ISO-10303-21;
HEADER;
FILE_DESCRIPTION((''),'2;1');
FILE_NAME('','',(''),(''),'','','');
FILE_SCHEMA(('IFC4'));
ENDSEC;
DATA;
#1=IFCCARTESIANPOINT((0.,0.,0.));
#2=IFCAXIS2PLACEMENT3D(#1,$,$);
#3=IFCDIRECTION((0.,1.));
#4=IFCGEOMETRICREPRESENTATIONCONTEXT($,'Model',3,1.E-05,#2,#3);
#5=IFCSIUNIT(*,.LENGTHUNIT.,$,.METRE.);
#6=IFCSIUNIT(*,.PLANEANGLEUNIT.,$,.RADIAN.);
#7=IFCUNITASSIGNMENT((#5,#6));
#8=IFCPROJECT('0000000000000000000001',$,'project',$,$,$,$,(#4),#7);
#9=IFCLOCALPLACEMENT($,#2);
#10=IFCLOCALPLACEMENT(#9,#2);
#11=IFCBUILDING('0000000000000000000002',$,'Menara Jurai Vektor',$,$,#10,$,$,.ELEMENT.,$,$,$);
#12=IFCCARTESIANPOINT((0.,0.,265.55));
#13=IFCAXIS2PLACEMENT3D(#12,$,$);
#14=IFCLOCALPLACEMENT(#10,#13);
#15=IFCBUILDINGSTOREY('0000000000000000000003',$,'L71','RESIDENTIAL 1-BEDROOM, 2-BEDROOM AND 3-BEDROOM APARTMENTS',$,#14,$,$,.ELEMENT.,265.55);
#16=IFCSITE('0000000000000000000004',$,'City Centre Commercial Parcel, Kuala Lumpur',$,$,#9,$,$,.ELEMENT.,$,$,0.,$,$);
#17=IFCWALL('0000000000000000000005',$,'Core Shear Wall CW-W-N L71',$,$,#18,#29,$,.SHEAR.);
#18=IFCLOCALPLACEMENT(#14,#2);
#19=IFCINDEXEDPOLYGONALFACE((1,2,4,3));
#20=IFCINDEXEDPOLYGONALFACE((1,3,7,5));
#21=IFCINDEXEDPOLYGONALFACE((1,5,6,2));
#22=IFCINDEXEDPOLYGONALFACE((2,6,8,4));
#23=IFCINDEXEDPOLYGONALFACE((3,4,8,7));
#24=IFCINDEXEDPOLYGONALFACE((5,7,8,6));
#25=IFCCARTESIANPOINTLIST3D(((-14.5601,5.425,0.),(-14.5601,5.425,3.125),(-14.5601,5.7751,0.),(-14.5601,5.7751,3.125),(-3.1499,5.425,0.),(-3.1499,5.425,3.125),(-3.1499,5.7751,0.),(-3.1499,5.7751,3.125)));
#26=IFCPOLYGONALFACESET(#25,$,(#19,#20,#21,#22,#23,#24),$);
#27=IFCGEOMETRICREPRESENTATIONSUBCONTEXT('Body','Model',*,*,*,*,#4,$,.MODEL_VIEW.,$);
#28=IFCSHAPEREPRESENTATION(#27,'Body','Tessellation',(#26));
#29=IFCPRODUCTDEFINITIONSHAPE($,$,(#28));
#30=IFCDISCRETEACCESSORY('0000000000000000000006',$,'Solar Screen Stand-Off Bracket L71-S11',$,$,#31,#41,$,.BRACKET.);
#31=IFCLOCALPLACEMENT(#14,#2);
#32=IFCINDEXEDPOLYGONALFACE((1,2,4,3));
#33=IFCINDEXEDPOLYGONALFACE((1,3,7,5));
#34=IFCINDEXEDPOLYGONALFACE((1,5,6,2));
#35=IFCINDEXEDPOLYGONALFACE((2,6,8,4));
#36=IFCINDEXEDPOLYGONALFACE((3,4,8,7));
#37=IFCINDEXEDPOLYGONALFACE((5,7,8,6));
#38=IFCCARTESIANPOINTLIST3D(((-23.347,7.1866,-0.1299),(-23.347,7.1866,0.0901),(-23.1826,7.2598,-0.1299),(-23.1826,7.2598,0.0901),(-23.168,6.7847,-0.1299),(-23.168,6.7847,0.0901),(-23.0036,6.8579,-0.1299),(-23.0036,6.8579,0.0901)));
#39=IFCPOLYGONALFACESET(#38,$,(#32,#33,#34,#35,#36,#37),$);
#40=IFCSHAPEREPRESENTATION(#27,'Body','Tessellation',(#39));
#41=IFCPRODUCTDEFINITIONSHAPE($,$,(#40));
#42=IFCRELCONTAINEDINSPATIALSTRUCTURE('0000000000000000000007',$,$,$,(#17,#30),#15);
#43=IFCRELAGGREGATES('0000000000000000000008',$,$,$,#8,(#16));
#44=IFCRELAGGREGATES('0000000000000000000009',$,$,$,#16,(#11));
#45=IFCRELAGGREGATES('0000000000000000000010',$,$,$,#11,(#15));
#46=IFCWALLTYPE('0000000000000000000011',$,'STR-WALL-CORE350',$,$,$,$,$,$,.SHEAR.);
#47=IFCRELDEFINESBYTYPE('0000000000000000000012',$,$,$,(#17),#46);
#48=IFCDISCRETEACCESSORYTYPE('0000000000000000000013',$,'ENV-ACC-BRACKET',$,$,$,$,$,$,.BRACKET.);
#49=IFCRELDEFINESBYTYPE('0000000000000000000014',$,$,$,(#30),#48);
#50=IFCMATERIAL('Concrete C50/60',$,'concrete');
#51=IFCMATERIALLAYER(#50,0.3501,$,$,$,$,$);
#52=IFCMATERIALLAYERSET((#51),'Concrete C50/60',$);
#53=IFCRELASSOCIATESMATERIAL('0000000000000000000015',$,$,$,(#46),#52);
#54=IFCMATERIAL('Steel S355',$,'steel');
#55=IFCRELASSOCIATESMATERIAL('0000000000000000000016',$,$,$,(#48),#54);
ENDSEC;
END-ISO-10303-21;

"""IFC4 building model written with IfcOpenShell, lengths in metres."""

from ifc_helpers import new_model, si_unit, direction, frame, frame_2d, origin, origin_2d, place, context, subcontext, project, spatial, rectangle, extrude, material, layer, layer_set, type_object, element, save


model = new_model("IFC4")

# Units and contexts
model_context = context("Model", 3, precision=1e-05, world=origin(), true_north=direction((0.0, 1.0)))
body_context = subcontext(model_context, "Body", "Model", "MODEL_VIEW")
ifc_project = project(units=[si_unit("LENGTHUNIT", "METRE"), si_unit("PLANEANGLEUNIT", "RADIAN")], contexts=[model_context])

# Site, building, storey
site_placement = place(None, origin())
site = spatial("IfcSite", under=ifc_project, at=site_placement, Name="City Centre Commercial Parcel, Kuala Lumpur", CompositionType="ELEMENT", RefElevation=0.0)
building_placement = place(site_placement, origin())
building = spatial("IfcBuilding", under=site, at=building_placement, Name="Menara Jurai Vektor", CompositionType="ELEMENT")
storey_placement = place(building_placement, frame((0.0, 0.0, 265.55)))
storey = spatial("IfcBuildingStorey", under=building, at=storey_placement, Name="L71", Description="RESIDENTIAL 1-BEDROOM, 2-BEDROOM AND 3-BEDROOM APARTMENTS", CompositionType="ELEMENT", Elevation=265.55)

# Shared definitions
ifc_material_1 = material(Name="Concrete C50/60", Category="concrete")

# Shared definitions
ifc_material_2 = material(Name="Steel S355", Category="steel")

# Wall
ifc_layer_1 = layer(ifc_material_1, 0.3501)
ifc_layer_set_1 = layer_set([ifc_layer_1], Name="Concrete C50/60")
wall_type_1 = type_object("IfcWallType", Name="STR-WALL-CORE350", PredefinedType="SHEAR", material=ifc_layer_set_1)
wall_1_placement = place(storey_placement, frame((-14.5601, 5.6001, 0.0), z_axis=(0.0, 0.0, 1.0), x_axis=(1.0, 0.0, 0.0)))
element("IfcWall", 1, at=wall_1_placement, inside=storey, type_object=wall_type_1, Name="Core Shear Wall CW-W-N L71", PredefinedType="SHEAR", context=body_context, shape_type="SweptSolid", body=[
    extrude(rectangle(XDim=11.4102, YDim=0.3501, at=frame_2d((5.7051, 0.0))), origin(), (0.0, 0.0, 1.0), 3.125),
])

# Discrete accessory
discrete_accessory_type = type_object("IfcDiscreteAccessoryType", Name="ENV-ACC-BRACKET", PredefinedType="BRACKET", material=ifc_material_2)
discrete_accessory_placement = place(storey_placement, frame((-23.1753, 7.0222, -0.1299), z_axis=(0.0, 0.0, 1.0), x_axis=(-0.913545, -0.406737, 0.0)))
element("IfcDiscreteAccessory", 2, at=discrete_accessory_placement, inside=storey, type_object=discrete_accessory_type, Name="Solar Screen Stand-Off Bracket L71-S11", PredefinedType="BRACKET", context=body_context, shape_type="SweptSolid", body=[
    extrude(rectangle(XDim=0.1799, YDim=0.4399, at=origin_2d()), origin(), (0.0, 0.0, 1.0), 0.22),
])

save(model, "model.ifc")
